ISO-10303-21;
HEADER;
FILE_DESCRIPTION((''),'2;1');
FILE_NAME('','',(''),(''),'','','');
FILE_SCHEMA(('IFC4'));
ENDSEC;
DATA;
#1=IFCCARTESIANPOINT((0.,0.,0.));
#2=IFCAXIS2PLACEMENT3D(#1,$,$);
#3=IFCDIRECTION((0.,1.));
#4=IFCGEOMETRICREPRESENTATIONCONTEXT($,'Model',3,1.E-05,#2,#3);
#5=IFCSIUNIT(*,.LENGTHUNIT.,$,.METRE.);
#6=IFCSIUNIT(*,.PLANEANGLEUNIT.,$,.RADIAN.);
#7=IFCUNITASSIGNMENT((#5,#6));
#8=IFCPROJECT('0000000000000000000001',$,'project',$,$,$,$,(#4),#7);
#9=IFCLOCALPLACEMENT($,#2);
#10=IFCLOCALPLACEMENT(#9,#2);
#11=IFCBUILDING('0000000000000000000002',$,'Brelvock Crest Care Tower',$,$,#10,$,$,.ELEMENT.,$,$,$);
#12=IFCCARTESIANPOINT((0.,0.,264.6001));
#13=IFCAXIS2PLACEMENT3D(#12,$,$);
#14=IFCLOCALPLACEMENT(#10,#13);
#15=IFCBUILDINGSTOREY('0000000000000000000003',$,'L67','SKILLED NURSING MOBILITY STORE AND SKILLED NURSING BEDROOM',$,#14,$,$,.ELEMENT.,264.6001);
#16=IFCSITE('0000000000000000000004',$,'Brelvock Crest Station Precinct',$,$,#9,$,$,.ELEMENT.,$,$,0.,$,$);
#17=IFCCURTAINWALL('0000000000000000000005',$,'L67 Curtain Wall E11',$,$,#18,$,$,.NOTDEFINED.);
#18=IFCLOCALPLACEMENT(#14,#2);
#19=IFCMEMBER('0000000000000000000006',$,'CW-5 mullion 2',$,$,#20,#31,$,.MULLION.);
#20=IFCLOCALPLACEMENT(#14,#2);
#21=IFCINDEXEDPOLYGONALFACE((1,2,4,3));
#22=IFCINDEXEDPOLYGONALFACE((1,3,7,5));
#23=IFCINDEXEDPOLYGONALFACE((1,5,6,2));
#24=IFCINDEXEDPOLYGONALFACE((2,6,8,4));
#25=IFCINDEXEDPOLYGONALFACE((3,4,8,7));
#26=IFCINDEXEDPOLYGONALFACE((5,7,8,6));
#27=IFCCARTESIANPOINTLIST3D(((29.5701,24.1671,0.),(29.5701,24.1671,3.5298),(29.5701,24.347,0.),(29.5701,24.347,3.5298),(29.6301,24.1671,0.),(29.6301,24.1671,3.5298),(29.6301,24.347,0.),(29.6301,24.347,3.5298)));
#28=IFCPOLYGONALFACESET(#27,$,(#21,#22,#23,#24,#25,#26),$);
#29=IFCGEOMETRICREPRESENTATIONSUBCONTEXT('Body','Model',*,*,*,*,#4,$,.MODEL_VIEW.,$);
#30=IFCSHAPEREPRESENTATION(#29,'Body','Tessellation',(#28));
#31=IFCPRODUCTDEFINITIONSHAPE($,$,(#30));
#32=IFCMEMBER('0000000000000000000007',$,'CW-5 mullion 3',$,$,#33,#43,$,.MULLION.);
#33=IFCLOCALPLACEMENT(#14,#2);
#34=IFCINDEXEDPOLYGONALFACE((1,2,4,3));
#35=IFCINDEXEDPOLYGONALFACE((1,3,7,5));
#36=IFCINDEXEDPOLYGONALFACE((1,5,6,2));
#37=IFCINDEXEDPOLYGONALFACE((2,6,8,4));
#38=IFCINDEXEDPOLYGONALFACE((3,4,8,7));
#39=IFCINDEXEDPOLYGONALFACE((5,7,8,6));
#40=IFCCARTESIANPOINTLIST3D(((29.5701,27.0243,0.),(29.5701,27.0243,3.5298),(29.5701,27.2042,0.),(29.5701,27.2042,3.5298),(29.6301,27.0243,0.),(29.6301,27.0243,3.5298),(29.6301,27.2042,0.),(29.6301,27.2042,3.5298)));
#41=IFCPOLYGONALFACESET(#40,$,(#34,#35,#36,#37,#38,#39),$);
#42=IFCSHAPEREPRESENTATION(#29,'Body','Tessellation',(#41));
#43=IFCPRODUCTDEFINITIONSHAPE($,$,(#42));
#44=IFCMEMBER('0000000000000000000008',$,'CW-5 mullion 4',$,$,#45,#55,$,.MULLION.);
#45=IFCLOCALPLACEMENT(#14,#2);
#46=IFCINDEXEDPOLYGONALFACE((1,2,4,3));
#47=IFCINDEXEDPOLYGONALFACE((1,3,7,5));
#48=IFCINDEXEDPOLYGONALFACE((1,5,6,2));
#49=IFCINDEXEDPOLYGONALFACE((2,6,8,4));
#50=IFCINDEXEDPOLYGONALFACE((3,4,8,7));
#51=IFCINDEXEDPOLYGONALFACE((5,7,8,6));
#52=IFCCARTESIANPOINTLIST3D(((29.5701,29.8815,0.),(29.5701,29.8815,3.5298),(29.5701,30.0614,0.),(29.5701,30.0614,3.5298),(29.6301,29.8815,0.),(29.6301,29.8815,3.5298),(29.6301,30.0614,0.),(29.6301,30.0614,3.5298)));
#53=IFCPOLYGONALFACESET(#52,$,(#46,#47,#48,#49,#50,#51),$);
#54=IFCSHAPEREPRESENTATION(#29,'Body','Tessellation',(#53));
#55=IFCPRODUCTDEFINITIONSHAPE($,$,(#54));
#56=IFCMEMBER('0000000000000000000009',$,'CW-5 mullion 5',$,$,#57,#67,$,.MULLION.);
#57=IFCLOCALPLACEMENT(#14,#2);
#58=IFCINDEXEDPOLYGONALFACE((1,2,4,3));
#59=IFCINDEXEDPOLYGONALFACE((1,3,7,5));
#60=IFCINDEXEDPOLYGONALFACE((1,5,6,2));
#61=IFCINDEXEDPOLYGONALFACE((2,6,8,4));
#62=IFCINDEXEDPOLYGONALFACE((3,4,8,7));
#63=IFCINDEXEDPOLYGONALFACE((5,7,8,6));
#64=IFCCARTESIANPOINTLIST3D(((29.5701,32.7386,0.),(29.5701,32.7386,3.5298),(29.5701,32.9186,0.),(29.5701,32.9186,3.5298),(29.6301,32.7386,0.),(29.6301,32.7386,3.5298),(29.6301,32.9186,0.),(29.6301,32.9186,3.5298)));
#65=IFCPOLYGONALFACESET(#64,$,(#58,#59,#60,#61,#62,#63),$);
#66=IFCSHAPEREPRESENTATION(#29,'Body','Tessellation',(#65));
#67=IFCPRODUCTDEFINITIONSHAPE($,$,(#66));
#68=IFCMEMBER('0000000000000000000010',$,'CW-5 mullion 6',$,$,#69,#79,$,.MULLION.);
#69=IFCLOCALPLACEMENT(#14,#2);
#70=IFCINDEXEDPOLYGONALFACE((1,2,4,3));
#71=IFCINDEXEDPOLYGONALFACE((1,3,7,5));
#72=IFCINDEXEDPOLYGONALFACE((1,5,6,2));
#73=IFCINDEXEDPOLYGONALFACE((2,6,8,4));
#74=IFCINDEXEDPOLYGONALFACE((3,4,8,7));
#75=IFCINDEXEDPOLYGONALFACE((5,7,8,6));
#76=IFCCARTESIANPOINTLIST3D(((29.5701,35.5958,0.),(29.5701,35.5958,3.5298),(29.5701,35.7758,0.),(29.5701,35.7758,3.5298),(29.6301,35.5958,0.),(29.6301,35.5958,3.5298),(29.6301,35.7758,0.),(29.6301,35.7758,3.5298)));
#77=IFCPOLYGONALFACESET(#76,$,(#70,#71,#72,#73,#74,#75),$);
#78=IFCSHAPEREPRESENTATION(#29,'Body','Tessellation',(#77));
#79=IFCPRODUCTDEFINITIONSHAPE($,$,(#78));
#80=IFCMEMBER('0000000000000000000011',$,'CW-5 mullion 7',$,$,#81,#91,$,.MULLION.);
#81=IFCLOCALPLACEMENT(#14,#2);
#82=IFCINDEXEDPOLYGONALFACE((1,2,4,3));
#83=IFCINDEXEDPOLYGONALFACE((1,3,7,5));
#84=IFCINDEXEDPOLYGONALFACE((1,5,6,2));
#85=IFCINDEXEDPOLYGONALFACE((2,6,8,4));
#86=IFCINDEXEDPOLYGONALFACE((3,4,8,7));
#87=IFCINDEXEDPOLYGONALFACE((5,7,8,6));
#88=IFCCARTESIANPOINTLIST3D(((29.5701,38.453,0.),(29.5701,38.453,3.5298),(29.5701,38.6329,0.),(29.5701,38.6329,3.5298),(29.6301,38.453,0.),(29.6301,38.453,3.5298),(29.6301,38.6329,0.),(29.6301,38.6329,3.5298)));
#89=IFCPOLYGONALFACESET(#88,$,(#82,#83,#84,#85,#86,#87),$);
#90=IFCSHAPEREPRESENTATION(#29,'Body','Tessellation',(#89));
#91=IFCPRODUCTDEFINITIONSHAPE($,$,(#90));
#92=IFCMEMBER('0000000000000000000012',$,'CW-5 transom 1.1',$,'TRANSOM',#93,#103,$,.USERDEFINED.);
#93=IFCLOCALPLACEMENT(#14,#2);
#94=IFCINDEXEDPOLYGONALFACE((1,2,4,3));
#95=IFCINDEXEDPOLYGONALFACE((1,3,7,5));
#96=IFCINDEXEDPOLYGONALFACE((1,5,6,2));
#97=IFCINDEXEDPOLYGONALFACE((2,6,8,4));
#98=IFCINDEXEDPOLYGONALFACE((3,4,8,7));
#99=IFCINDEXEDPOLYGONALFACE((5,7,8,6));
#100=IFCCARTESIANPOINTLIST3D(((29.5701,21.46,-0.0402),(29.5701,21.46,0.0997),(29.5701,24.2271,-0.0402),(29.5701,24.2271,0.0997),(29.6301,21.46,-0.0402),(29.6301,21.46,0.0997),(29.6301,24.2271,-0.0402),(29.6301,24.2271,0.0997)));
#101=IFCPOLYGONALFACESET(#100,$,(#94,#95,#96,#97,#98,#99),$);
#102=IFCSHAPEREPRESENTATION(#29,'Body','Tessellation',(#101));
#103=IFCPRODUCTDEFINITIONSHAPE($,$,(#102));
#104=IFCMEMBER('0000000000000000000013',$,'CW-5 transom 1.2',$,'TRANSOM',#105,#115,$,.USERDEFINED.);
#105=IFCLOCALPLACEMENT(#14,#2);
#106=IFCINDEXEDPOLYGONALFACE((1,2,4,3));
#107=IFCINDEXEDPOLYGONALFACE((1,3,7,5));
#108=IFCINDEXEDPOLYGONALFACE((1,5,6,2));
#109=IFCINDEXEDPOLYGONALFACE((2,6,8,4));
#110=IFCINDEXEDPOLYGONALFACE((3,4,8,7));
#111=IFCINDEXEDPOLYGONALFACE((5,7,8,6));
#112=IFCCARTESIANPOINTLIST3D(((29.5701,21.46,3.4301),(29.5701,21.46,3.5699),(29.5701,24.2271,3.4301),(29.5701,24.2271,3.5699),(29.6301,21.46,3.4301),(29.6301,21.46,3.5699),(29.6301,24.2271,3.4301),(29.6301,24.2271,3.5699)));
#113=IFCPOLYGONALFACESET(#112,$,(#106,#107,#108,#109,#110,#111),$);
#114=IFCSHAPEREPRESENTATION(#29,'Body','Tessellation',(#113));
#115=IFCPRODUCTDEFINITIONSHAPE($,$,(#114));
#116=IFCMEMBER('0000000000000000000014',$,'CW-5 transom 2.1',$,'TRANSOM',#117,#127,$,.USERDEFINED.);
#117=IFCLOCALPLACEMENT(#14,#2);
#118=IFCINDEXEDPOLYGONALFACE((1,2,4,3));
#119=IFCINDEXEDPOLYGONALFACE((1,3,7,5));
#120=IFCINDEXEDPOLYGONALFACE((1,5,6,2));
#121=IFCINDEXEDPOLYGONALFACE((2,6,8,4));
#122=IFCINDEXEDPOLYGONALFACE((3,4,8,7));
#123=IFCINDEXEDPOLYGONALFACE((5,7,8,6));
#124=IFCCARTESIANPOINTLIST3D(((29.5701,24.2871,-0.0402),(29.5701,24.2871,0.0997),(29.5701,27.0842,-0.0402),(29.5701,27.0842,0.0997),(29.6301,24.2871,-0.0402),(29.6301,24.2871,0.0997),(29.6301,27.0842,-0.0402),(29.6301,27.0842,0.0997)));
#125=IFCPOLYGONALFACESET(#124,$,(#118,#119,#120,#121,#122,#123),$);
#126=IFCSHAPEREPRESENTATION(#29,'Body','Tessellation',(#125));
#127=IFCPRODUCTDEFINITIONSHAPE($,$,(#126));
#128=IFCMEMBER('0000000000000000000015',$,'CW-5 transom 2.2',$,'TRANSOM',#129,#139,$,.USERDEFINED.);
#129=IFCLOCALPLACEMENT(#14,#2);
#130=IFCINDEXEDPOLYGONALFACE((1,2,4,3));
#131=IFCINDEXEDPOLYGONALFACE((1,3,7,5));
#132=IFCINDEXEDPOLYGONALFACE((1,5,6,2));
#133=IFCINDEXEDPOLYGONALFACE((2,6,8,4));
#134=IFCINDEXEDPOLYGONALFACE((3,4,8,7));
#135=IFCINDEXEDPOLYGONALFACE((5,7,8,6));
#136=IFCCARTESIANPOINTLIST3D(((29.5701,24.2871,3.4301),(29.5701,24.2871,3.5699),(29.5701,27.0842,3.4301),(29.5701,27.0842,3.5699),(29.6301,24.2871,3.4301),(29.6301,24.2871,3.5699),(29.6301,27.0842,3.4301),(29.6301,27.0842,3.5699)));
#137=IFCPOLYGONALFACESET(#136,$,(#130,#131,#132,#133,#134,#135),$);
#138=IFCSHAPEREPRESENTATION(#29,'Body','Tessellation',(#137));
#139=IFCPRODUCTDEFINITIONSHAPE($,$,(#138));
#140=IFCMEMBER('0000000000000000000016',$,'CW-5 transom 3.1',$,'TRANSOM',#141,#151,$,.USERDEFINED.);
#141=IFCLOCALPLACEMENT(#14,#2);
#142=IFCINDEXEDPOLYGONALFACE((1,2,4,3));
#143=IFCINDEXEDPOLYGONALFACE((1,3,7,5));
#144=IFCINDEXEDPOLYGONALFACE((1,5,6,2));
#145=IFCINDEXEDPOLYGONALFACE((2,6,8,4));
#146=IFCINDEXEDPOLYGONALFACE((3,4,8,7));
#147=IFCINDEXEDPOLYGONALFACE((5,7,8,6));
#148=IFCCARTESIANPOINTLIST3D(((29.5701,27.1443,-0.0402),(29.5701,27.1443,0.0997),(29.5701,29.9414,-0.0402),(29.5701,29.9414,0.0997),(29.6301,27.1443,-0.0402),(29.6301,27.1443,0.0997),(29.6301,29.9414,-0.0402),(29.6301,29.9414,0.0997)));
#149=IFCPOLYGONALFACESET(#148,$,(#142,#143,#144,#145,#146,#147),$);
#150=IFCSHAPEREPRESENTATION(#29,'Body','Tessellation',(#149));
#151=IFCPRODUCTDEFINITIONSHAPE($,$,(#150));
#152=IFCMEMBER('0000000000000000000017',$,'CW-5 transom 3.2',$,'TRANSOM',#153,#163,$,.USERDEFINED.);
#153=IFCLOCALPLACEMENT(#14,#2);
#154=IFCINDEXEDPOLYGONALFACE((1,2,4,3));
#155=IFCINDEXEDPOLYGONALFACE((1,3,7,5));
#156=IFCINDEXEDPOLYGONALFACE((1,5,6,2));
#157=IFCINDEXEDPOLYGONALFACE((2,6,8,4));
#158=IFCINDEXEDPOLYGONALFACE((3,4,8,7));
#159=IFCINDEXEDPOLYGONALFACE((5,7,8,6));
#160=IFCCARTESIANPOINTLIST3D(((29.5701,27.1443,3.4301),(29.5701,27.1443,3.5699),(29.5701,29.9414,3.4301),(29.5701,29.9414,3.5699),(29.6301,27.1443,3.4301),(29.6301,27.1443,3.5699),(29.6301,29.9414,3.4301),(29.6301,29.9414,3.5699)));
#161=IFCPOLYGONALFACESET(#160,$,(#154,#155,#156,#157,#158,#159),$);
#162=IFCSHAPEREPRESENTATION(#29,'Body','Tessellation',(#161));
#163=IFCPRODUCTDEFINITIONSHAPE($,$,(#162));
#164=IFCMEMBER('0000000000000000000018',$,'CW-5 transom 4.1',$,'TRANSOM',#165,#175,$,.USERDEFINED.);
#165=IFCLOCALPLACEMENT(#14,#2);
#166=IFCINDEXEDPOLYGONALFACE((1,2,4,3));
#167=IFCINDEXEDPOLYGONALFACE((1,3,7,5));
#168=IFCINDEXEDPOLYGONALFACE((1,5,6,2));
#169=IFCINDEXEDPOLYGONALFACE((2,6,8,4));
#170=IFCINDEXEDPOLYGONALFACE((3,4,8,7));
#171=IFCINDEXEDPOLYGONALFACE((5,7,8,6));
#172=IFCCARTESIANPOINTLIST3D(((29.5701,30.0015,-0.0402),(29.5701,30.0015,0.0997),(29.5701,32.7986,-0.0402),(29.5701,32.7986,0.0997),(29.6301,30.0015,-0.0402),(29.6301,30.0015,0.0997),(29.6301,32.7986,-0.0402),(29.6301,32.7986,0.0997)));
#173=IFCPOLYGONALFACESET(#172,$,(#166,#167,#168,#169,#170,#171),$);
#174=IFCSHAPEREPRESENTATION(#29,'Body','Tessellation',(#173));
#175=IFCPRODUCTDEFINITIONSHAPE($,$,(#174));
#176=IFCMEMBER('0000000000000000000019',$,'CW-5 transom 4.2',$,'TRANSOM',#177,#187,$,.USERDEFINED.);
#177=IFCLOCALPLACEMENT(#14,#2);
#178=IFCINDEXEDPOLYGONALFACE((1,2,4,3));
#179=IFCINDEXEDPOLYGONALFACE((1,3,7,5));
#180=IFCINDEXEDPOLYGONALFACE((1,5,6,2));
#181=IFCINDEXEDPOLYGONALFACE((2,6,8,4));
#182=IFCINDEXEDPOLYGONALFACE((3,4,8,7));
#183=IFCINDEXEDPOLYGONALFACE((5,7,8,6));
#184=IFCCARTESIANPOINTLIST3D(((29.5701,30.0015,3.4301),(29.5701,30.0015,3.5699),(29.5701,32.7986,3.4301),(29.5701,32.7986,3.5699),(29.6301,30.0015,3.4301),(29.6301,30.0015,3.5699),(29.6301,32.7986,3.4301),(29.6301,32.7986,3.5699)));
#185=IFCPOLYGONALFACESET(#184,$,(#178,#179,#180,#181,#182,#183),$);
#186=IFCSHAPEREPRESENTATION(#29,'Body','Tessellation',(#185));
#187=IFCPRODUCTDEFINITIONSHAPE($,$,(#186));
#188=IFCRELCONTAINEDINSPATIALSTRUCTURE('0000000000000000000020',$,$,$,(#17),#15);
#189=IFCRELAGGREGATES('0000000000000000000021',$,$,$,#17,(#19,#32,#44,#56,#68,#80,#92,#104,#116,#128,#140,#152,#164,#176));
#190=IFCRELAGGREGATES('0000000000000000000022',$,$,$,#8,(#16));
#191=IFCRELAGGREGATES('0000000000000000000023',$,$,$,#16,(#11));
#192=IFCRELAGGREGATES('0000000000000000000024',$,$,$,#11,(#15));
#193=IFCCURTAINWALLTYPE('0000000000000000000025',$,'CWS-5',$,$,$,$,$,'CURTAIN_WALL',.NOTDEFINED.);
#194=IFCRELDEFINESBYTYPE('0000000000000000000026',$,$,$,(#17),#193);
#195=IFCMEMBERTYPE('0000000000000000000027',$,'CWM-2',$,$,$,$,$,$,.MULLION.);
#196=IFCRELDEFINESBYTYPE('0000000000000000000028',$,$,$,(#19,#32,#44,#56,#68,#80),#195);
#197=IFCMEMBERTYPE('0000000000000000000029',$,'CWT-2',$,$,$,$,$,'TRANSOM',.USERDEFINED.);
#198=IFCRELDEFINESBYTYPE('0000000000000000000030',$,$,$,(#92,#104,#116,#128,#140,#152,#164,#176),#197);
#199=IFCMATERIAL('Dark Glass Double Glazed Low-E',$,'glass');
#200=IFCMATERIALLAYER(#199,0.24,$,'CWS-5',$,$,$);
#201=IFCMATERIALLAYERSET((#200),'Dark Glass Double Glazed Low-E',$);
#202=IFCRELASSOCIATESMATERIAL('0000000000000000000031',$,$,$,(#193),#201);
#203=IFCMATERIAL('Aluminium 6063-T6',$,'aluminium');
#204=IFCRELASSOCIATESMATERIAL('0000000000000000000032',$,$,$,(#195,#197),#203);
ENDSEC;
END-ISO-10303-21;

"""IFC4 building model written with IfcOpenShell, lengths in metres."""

from ifc_helpers import new_model, si_unit, direction, frame, origin, origin_2d, place, context, subcontext, project, spatial, rectangle, extrude, source, transform, mapped, material, layer, layer_set, material_profile, profile_set, type_object, element, aggregate, save


model = new_model("IFC4")

# Units and contexts
model_context = context("Model", 3, precision=1e-05, world=origin(), true_north=direction((0.0, 1.0)))
body_context = subcontext(model_context, "Body", "Model", "MODEL_VIEW")
ifc_project = project(units=[si_unit("LENGTHUNIT", "METRE"), si_unit("PLANEANGLEUNIT", "RADIAN")], contexts=[model_context])

# Site, building, storey
site_placement = place(None, origin())
site = spatial("IfcSite", under=ifc_project, at=site_placement, Name="Brelvock Crest Station Precinct", CompositionType="ELEMENT", RefElevation=0.0)
building_placement = place(site_placement, origin())
building = spatial("IfcBuilding", under=site, at=building_placement, Name="Brelvock Crest Care Tower", CompositionType="ELEMENT")
storey_placement = place(building_placement, frame((0.0, 0.0, 264.6001)))
storey = spatial("IfcBuildingStorey", under=building, at=storey_placement, Name="L67", Description="SKILLED NURSING MOBILITY STORE AND SKILLED NURSING BEDROOM", CompositionType="ELEMENT", Elevation=264.6001)

# Curtain wall, members
ifc_material_1 = material(Name="Dark Glass Double Glazed Low-E", Category="glass")
ifc_layer_1 = layer(ifc_material_1, 0.24, Name="CWS-5")
ifc_layer_set_1 = layer_set([ifc_layer_1], Name="Dark Glass Double Glazed Low-E")
curtain_wall_type = type_object("IfcCurtainWallType", Name="CWS-5", ElementType="CURTAIN_WALL", PredefinedType="NOTDEFINED", material=ifc_layer_set_1)
curtain_wall_placement = place(storey_placement, origin())
curtain_wall = element("IfcCurtainWall", 1, at=curtain_wall_placement, inside=storey, type_object=curtain_wall_type, Name="L67 Curtain Wall E11", PredefinedType="NOTDEFINED")
ifc_material_2 = material(Name="Aluminium 6063-T6", Category="aluminium")
ifc_material_profile_1 = material_profile(ifc_material_2, rectangle(XDim=0.0601, YDim=0.1799, at=origin_2d()), Name="ALU60x180")
ifc_profile_set_1 = profile_set([ifc_material_profile_1], Name="Aluminium 6063-T6")
member_type_1 = type_object("IfcMemberType", Name="CWM-2", PredefinedType="MULLION", material=ifc_profile_set_1)
shared_shape_1 = source(origin(), body_context, "Body", "SweptSolid", [
    extrude(rectangle(XDim=0.0601, YDim=0.1799, at=origin_2d()), origin(), (0.0, 0.0, 1.0), 3.5298),
])
member_1_placement = place(storey_placement, frame((29.6001, 24.2571, 0.0), z_axis=(0.0, 0.0, 1.0), x_axis=(-1.0, 0.0, 0.0)))
member_1 = element("IfcMember", 2, at=member_1_placement, type_object=member_type_1, Name="CW-5 mullion 2", PredefinedType="MULLION", context=body_context, shape_type="MappedRepresentation", body=[
    mapped(shared_shape_1, transform((0.0, 0.0, 0.0), x_axis=(1.0, 0.0, 0.0), y_axis=(0.0, 1.0, 0.0), z_axis=(0.0, 0.0, 1.0), scale=1.0)),
])
member_2_placement = place(storey_placement, frame((29.6001, 27.1143, 0.0), z_axis=(0.0, 0.0, 1.0), x_axis=(-1.0, 0.0, 0.0)))
member_2 = element("IfcMember", 3, at=member_2_placement, type_object=member_type_1, Name="CW-5 mullion 3", PredefinedType="MULLION", context=body_context, shape_type="MappedRepresentation", body=[
    mapped(shared_shape_1, transform((0.0, 0.0, 0.0), x_axis=(1.0, 0.0, 0.0), y_axis=(0.0, 1.0, 0.0), z_axis=(0.0, 0.0, 1.0), scale=1.0)),
])
member_3_placement = place(storey_placement, frame((29.6001, 29.9714, 0.0), z_axis=(0.0, 0.0, 1.0), x_axis=(-1.0, 0.0, 0.0)))
member_3 = element("IfcMember", 4, at=member_3_placement, type_object=member_type_1, Name="CW-5 mullion 4", PredefinedType="MULLION", context=body_context, shape_type="MappedRepresentation", body=[
    mapped(shared_shape_1, transform((0.0, 0.0, 0.0), x_axis=(1.0, 0.0, 0.0), y_axis=(0.0, 1.0, 0.0), z_axis=(0.0, 0.0, 1.0), scale=1.0)),
])
member_4_placement = place(storey_placement, frame((29.6001, 32.8286, 0.0), z_axis=(0.0, 0.0, 1.0), x_axis=(-1.0, 0.0, 0.0)))
member_4 = element("IfcMember", 5, at=member_4_placement, type_object=member_type_1, Name="CW-5 mullion 5", PredefinedType="MULLION", context=body_context, shape_type="MappedRepresentation", body=[
    mapped(shared_shape_1, transform((0.0, 0.0, 0.0), x_axis=(1.0, 0.0, 0.0), y_axis=(0.0, 1.0, 0.0), z_axis=(0.0, 0.0, 1.0), scale=1.0)),
])
member_5_placement = place(storey_placement, frame((29.6001, 35.6858, 0.0), z_axis=(0.0, 0.0, 1.0), x_axis=(-1.0, 0.0, 0.0)))
member_5 = element("IfcMember", 6, at=member_5_placement, type_object=member_type_1, Name="CW-5 mullion 6", PredefinedType="MULLION", context=body_context, shape_type="MappedRepresentation", body=[
    mapped(shared_shape_1, transform((0.0, 0.0, 0.0), x_axis=(1.0, 0.0, 0.0), y_axis=(0.0, 1.0, 0.0), z_axis=(0.0, 0.0, 1.0), scale=1.0)),
])
member_6_placement = place(storey_placement, frame((29.6001, 38.543, 0.0), z_axis=(0.0, 0.0, 1.0), x_axis=(-1.0, 0.0, 0.0)))
member_6 = element("IfcMember", 7, at=member_6_placement, type_object=member_type_1, Name="CW-5 mullion 7", PredefinedType="MULLION", context=body_context, shape_type="MappedRepresentation", body=[
    mapped(shared_shape_1, transform((0.0, 0.0, 0.0), x_axis=(1.0, 0.0, 0.0), y_axis=(0.0, 1.0, 0.0), z_axis=(0.0, 0.0, 1.0), scale=1.0)),
])
ifc_material_profile_2 = material_profile(ifc_material_2, rectangle(XDim=0.0601, YDim=0.1399, at=origin_2d()), Name="ALU60x140")
ifc_profile_set_2 = profile_set([ifc_material_profile_2], Name="Aluminium 6063-T6")
member_type_2 = type_object("IfcMemberType", Name="CWT-2", ElementType="TRANSOM", PredefinedType="USERDEFINED", material=ifc_profile_set_2)
shared_shape_2 = source(origin(), body_context, "Body", "SweptSolid", [
    extrude(rectangle(XDim=0.0601, YDim=0.1399, at=origin_2d()), origin(), (0.0, 0.0, 1.0), 2.7671),
])
member_7_placement = place(storey_placement, frame((29.6001, 21.46, 0.0298), z_axis=(0.0, 1.0, 0.0), x_axis=(-1.0, 0.0, 0.0)))
member_7 = element("IfcMember", 8, at=member_7_placement, type_object=member_type_2, Name="CW-5 transom 1.1", ObjectType="TRANSOM", PredefinedType="USERDEFINED", context=body_context, shape_type="MappedRepresentation", body=[
    mapped(shared_shape_2, transform((0.0, 0.0, 0.0), x_axis=(1.0, 0.0, 0.0), y_axis=(0.0, 1.0, 0.0), z_axis=(0.0, 0.0, 1.0), scale=1.0)),
])
member_8_placement = place(storey_placement, frame((29.6001, 21.46, 3.5), z_axis=(0.0, 1.0, 0.0), x_axis=(-1.0, 0.0, 0.0)))
member_8 = element("IfcMember", 9, at=member_8_placement, type_object=member_type_2, Name="CW-5 transom 1.2", ObjectType="TRANSOM", PredefinedType="USERDEFINED", context=body_context, shape_type="MappedRepresentation", body=[
    mapped(shared_shape_2, transform((0.0, 0.0, 0.0), x_axis=(1.0, 0.0, 0.0), y_axis=(0.0, 1.0, 0.0), z_axis=(0.0, 0.0, 1.0), scale=1.0)),
])
shared_shape_3 = source(origin(), body_context, "Body", "SweptSolid", [
    extrude(rectangle(XDim=0.0601, YDim=0.1399, at=origin_2d()), origin(), (0.0, 0.0, 1.0), 2.7971),
])
member_9_placement = place(storey_placement, frame((29.6001, 24.2871, 0.0298), z_axis=(0.0, 1.0, 0.0), x_axis=(-1.0, 0.0, 0.0)))
member_9 = element("IfcMember", 10, at=member_9_placement, type_object=member_type_2, Name="CW-5 transom 2.1", ObjectType="TRANSOM", PredefinedType="USERDEFINED", context=body_context, shape_type="MappedRepresentation", body=[
    mapped(shared_shape_3, transform((0.0, 0.0, 0.0), x_axis=(1.0, 0.0, 0.0), y_axis=(0.0, 1.0, 0.0), z_axis=(0.0, 0.0, 1.0), scale=1.0)),
])
member_10_placement = place(storey_placement, frame((29.6001, 24.2871, 3.5), z_axis=(0.0, 1.0, 0.0), x_axis=(-1.0, 0.0, 0.0)))
member_10 = element("IfcMember", 11, at=member_10_placement, type_object=member_type_2, Name="CW-5 transom 2.2", ObjectType="TRANSOM", PredefinedType="USERDEFINED", context=body_context, shape_type="MappedRepresentation", body=[
    mapped(shared_shape_3, transform((0.0, 0.0, 0.0), x_axis=(1.0, 0.0, 0.0), y_axis=(0.0, 1.0, 0.0), z_axis=(0.0, 0.0, 1.0), scale=1.0)),
])
member_11_placement = place(storey_placement, frame((29.6001, 27.1443, 0.0298), z_axis=(0.0, 1.0, 0.0), x_axis=(-1.0, 0.0, 0.0)))
member_11 = element("IfcMember", 12, at=member_11_placement, type_object=member_type_2, Name="CW-5 transom 3.1", ObjectType="TRANSOM", PredefinedType="USERDEFINED", context=body_context, shape_type="MappedRepresentation", body=[
    mapped(shared_shape_3, transform((0.0, 0.0, 0.0), x_axis=(1.0, 0.0, 0.0), y_axis=(0.0, 1.0, 0.0), z_axis=(0.0, 0.0, 1.0), scale=1.0)),
])
member_12_placement = place(storey_placement, frame((29.6001, 27.1443, 3.5), z_axis=(0.0, 1.0, 0.0), x_axis=(-1.0, 0.0, 0.0)))
member_12 = element("IfcMember", 13, at=member_12_placement, type_object=member_type_2, Name="CW-5 transom 3.2", ObjectType="TRANSOM", PredefinedType="USERDEFINED", context=body_context, shape_type="MappedRepresentation", body=[
    mapped(shared_shape_3, transform((0.0, 0.0, 0.0), x_axis=(1.0, 0.0, 0.0), y_axis=(0.0, 1.0, 0.0), z_axis=(0.0, 0.0, 1.0), scale=1.0)),
])
member_13_placement = place(storey_placement, frame((29.6001, 30.0015, 0.0298), z_axis=(0.0, 1.0, 0.0), x_axis=(-1.0, 0.0, 0.0)))
member_13 = element("IfcMember", 14, at=member_13_placement, type_object=member_type_2, Name="CW-5 transom 4.1", ObjectType="TRANSOM", PredefinedType="USERDEFINED", context=body_context, shape_type="MappedRepresentation", body=[
    mapped(shared_shape_3, transform((0.0, 0.0, 0.0), x_axis=(1.0, 0.0, 0.0), y_axis=(0.0, 1.0, 0.0), z_axis=(0.0, 0.0, 1.0), scale=1.0)),
])
member_14_placement = place(storey_placement, frame((29.6001, 30.0015, 3.5), z_axis=(0.0, 1.0, 0.0), x_axis=(-1.0, 0.0, 0.0)))
member_14 = element("IfcMember", 15, at=member_14_placement, type_object=member_type_2, Name="CW-5 transom 4.2", ObjectType="TRANSOM", PredefinedType="USERDEFINED", context=body_context, shape_type="MappedRepresentation", body=[
    mapped(shared_shape_3, transform((0.0, 0.0, 0.0), x_axis=(1.0, 0.0, 0.0), y_axis=(0.0, 1.0, 0.0), z_axis=(0.0, 0.0, 1.0), scale=1.0)),
])
aggregate(curtain_wall, [member_1, member_2, member_3, member_4, member_5, member_6, member_7, member_8, member_9, member_10, member_11, member_12, member_13, member_14])

save(model, "model.ifc")
